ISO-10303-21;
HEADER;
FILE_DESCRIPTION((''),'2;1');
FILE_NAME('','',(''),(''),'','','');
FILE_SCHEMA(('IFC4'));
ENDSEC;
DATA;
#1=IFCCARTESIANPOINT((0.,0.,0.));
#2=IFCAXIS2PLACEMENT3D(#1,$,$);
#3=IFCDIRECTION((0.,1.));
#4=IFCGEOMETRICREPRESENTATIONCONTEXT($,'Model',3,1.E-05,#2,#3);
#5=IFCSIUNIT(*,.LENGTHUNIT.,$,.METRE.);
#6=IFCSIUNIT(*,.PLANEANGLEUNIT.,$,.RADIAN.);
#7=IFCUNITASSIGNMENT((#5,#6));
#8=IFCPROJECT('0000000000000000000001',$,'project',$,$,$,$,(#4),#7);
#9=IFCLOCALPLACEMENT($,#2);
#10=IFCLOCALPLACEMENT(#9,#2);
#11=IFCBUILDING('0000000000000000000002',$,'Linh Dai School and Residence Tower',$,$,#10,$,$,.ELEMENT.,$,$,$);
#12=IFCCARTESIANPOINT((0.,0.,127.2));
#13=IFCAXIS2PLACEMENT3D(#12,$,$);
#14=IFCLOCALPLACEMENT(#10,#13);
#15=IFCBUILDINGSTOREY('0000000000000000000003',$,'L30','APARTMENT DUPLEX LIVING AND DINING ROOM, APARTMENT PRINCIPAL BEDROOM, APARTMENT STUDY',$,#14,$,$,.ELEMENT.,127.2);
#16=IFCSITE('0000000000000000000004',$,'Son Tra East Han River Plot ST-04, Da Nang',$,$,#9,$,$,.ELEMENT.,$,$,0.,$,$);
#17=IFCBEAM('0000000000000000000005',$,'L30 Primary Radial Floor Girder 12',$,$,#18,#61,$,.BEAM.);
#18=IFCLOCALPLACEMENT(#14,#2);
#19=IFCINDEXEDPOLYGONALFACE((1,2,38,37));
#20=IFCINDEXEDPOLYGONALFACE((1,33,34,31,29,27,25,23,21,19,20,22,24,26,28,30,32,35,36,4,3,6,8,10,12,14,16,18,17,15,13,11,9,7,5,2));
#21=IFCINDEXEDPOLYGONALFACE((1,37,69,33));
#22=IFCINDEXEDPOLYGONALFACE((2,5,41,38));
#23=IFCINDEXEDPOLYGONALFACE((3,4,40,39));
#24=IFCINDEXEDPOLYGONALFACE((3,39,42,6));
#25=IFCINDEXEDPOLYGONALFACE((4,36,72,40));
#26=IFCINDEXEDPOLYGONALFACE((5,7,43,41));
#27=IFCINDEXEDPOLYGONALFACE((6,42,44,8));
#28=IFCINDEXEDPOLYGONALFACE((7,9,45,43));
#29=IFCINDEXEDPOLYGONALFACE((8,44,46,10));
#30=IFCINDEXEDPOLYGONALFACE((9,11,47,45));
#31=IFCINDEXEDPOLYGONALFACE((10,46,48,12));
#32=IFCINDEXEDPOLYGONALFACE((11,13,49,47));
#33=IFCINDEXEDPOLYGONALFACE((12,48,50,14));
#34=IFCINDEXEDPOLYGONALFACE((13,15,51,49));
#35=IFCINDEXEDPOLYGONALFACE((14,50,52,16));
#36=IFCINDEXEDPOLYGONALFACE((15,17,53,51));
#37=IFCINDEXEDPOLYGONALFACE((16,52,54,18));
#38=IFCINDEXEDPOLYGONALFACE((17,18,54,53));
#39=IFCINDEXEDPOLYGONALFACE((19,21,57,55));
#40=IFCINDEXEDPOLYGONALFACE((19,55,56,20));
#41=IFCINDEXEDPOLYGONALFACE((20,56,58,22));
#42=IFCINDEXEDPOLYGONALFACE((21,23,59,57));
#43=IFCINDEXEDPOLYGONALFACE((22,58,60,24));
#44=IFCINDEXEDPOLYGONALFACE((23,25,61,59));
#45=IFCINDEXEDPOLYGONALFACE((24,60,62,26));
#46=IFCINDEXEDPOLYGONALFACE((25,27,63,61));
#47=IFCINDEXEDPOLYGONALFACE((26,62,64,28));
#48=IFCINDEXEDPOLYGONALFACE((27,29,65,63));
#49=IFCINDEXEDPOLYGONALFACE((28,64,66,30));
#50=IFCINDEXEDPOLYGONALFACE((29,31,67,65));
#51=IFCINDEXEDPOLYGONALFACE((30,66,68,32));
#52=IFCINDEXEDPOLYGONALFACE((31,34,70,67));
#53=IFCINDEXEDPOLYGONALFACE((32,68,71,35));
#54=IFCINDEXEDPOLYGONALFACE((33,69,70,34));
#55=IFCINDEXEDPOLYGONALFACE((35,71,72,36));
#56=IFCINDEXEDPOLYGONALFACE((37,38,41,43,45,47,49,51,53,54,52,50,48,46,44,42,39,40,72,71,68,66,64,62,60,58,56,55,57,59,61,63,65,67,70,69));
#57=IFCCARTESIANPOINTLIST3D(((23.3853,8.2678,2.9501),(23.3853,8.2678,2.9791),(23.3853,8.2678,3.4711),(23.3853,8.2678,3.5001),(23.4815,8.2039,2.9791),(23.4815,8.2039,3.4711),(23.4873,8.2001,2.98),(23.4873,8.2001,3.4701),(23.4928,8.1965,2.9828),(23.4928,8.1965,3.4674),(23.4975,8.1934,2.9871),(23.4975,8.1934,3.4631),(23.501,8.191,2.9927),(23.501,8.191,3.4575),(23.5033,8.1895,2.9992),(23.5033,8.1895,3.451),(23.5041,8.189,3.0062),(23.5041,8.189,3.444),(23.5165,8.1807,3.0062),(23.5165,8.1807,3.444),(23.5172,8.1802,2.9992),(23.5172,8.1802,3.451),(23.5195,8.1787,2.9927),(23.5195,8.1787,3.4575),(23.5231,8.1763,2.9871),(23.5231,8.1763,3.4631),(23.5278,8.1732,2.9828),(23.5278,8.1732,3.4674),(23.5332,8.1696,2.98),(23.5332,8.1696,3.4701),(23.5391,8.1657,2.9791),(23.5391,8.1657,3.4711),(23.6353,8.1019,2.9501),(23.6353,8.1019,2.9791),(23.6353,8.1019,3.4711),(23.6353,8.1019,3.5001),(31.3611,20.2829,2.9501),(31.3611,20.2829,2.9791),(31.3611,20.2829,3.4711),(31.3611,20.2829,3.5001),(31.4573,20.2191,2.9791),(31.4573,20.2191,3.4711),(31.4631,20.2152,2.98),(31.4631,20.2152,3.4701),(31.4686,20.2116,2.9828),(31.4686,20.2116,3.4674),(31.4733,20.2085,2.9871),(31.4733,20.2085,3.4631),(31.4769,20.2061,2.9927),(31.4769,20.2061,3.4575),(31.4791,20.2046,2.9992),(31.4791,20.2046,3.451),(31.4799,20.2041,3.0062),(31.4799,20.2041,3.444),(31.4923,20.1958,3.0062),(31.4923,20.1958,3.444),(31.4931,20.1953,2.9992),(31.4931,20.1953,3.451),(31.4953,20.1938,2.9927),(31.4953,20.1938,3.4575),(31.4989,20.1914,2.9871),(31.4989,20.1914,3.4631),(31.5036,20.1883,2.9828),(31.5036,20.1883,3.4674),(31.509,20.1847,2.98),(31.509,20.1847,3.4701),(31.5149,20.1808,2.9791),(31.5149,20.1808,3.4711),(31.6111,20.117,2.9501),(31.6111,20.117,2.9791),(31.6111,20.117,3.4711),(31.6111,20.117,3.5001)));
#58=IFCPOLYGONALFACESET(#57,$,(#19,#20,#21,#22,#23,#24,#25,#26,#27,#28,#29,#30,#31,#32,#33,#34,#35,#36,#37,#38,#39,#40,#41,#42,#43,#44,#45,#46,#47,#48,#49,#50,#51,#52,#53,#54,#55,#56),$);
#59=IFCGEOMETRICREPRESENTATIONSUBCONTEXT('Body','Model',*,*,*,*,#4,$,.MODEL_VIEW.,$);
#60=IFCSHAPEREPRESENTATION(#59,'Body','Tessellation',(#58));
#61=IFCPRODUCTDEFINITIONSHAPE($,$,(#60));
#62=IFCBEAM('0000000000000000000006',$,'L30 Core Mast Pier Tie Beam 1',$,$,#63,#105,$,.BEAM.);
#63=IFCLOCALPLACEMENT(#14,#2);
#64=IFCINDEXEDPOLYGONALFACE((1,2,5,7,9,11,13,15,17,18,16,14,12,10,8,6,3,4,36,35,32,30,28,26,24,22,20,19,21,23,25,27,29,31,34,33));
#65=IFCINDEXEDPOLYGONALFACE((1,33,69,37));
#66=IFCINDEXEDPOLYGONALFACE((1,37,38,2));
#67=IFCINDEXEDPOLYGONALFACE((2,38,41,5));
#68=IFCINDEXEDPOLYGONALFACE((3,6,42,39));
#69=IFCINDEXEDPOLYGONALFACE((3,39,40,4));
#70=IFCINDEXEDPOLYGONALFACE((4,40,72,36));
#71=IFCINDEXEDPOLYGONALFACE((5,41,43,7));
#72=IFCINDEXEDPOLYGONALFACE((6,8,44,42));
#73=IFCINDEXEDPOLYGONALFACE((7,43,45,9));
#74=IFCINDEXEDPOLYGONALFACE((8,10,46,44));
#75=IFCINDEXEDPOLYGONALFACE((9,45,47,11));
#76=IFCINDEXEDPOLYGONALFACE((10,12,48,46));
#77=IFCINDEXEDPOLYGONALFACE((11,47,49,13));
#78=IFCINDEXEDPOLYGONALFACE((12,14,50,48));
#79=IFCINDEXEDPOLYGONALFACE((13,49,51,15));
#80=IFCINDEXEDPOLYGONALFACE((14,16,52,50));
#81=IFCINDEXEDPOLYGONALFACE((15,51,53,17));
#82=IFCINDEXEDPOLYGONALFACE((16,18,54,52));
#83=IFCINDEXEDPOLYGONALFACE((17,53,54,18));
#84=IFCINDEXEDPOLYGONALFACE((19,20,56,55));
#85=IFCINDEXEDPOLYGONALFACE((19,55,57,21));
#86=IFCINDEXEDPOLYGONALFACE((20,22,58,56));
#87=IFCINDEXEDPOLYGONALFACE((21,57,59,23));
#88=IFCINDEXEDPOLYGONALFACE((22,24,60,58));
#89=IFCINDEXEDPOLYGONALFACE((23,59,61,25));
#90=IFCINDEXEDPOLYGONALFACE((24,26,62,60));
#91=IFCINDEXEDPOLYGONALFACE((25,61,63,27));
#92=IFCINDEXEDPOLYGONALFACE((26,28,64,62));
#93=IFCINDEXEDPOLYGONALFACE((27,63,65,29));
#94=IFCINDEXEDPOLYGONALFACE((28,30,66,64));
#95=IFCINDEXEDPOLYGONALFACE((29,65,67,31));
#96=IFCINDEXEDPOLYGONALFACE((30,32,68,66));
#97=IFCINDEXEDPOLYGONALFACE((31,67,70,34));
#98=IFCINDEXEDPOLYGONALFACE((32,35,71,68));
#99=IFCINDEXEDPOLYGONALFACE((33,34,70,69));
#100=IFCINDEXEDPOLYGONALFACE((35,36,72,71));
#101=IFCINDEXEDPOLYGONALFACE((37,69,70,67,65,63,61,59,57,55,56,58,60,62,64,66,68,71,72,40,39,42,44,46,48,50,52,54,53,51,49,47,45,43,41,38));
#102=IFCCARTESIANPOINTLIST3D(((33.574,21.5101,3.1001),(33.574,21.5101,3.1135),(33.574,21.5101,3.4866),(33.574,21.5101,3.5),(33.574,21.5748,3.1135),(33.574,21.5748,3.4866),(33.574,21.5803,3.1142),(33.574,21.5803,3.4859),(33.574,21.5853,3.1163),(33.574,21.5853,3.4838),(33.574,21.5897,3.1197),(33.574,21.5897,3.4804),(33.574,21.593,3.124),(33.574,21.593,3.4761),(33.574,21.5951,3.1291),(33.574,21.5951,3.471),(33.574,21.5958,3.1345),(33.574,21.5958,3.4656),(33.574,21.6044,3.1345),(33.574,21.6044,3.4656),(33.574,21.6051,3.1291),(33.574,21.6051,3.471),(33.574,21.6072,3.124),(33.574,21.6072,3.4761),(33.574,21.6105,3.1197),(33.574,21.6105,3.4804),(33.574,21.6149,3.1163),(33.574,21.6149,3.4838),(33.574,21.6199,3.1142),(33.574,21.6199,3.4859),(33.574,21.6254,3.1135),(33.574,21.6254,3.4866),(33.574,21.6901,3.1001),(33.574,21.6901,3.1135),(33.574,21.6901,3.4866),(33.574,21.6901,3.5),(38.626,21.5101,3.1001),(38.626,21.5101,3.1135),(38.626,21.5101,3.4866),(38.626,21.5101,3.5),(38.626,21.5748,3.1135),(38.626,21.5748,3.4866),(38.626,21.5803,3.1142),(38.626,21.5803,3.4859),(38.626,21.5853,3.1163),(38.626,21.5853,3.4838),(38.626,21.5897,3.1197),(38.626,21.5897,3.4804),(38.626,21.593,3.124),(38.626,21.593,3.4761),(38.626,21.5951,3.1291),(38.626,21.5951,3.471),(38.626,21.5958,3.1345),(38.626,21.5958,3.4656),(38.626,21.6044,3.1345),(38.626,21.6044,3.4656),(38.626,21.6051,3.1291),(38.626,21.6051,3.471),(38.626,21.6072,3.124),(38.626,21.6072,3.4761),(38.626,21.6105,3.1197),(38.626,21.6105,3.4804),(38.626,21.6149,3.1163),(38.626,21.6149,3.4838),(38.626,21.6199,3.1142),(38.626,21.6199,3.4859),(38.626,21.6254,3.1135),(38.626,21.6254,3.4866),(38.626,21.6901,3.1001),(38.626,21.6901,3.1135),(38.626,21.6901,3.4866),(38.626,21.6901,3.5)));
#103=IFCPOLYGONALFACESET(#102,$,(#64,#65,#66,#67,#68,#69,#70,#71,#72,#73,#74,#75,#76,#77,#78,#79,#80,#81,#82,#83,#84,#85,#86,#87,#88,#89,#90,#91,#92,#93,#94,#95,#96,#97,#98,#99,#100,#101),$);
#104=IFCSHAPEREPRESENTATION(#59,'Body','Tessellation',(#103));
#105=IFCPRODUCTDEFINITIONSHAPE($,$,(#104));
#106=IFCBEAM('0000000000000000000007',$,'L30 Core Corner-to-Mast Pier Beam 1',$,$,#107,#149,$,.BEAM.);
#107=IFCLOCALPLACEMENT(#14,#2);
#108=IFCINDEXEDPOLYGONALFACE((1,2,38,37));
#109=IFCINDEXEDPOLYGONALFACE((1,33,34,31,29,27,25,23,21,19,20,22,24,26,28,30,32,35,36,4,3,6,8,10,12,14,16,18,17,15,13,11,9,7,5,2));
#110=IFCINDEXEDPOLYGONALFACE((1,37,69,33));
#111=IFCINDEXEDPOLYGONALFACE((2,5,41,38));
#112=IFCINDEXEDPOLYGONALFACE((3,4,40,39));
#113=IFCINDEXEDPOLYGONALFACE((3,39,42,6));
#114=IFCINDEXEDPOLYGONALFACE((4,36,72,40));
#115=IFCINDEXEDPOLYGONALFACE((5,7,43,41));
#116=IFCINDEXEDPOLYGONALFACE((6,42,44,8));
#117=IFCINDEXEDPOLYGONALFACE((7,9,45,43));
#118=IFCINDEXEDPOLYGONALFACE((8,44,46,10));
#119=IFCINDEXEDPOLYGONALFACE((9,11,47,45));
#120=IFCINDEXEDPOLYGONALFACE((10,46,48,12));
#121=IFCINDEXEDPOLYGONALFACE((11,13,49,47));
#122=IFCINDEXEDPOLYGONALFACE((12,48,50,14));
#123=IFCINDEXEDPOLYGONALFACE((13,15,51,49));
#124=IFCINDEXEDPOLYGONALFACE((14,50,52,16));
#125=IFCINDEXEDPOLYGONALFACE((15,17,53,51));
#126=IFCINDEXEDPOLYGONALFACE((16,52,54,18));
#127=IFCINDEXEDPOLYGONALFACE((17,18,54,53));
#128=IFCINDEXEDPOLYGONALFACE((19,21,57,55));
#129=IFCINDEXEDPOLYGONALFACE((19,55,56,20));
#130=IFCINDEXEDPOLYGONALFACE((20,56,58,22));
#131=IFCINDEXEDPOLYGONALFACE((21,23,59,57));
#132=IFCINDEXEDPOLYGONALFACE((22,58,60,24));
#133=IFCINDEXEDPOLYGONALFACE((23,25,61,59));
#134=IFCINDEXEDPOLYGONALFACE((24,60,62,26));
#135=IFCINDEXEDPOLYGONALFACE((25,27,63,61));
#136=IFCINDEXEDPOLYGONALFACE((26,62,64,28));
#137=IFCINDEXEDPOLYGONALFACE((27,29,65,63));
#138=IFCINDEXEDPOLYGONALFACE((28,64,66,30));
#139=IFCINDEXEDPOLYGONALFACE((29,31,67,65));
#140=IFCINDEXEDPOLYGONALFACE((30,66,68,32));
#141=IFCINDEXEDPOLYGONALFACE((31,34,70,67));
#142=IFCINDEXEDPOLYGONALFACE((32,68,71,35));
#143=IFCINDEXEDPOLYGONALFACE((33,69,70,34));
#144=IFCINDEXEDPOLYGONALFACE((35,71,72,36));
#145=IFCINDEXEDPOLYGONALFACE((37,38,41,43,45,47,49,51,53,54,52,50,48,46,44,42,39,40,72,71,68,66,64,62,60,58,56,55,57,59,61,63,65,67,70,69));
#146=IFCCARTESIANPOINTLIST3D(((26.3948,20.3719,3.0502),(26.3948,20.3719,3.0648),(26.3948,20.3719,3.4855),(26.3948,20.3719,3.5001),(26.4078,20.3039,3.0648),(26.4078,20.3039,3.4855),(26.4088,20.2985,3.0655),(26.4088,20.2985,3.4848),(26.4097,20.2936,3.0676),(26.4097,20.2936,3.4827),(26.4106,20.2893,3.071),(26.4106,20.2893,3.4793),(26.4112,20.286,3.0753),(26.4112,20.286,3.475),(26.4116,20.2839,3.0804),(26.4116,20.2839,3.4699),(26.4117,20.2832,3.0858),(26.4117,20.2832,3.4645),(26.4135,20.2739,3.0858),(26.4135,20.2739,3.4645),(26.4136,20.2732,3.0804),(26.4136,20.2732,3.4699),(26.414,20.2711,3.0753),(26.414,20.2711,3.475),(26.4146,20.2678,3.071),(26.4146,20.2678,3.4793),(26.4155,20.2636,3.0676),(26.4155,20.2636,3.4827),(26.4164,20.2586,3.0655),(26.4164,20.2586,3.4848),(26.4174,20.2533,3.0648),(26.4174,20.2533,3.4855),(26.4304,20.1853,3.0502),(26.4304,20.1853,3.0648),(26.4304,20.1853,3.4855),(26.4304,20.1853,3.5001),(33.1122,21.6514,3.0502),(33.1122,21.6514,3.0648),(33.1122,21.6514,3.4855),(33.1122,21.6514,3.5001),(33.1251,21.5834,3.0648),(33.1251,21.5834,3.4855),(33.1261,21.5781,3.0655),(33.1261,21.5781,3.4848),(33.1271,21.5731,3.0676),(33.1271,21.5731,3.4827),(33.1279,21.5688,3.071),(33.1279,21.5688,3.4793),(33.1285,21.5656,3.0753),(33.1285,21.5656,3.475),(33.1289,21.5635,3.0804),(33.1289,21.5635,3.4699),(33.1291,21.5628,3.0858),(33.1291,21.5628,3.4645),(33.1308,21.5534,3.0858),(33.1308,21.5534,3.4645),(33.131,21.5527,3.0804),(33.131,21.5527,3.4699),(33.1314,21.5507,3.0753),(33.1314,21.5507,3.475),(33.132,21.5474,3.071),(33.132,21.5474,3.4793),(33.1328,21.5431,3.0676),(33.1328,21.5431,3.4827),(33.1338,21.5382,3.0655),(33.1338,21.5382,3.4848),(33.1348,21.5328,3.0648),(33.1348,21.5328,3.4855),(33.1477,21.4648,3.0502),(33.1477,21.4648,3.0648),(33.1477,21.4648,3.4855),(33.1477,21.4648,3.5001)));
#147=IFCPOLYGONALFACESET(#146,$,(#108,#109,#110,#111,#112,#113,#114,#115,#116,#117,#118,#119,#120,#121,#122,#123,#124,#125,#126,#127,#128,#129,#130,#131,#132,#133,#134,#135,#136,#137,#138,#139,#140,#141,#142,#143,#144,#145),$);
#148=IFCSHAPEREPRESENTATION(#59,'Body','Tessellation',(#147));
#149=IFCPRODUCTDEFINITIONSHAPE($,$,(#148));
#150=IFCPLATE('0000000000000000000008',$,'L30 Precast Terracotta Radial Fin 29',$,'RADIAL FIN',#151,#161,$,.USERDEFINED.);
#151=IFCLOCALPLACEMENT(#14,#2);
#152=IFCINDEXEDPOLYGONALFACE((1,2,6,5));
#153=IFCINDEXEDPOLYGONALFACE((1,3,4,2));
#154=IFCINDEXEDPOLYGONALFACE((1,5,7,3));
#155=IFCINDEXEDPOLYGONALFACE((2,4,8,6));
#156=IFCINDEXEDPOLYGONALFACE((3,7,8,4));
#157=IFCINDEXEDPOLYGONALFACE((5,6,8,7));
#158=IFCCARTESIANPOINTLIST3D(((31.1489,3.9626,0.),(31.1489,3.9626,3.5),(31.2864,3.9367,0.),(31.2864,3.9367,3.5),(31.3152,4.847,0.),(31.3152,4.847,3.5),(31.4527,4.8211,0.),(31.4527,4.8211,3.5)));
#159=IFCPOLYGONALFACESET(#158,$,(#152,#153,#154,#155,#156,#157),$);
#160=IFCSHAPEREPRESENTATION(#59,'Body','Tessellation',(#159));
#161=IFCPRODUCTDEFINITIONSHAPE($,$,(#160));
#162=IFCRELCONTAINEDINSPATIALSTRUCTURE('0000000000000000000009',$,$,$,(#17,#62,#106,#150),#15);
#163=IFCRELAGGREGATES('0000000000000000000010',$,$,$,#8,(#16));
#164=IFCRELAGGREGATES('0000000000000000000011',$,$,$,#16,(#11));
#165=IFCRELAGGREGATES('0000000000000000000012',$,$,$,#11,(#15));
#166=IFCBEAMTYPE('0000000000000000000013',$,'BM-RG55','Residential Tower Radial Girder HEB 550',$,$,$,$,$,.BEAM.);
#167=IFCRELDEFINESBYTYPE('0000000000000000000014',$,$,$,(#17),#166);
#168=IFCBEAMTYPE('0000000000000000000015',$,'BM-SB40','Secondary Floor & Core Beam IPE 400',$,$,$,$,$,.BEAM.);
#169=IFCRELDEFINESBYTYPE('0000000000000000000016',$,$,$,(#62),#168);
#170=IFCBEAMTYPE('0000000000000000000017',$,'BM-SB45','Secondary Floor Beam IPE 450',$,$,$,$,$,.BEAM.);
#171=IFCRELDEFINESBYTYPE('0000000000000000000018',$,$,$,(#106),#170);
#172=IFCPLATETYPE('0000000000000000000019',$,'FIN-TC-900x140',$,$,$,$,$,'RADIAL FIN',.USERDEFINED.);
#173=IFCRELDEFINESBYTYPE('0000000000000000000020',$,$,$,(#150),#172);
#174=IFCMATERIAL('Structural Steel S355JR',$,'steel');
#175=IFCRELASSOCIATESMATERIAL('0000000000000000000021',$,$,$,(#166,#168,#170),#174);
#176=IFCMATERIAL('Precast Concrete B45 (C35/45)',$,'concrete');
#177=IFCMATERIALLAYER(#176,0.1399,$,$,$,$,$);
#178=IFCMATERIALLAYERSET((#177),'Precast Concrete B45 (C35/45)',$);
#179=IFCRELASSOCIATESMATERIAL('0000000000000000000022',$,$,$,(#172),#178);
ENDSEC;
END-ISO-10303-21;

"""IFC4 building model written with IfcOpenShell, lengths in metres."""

from ifc_helpers import new_model, si_unit, direction, frame, origin, origin_2d, place, context, subcontext, project, spatial, rectangle, i_section, extrude, source, transform, mapped, material, layer, layer_set, material_profile, profile_set, type_object, element, save


model = new_model("IFC4")

# Units and contexts
model_context = context("Model", 3, precision=1e-05, world=origin(), true_north=direction((0.0, 1.0)))
body_context = subcontext(model_context, "Body", "Model", "MODEL_VIEW")
ifc_project = project(units=[si_unit("LENGTHUNIT", "METRE"), si_unit("PLANEANGLEUNIT", "RADIAN")], contexts=[model_context])

# Site, building, storey
site_placement = place(None, origin())
site = spatial("IfcSite", under=ifc_project, at=site_placement, Name="Son Tra East Han River Plot ST-04, Da Nang", CompositionType="ELEMENT", RefElevation=0.0)
building_placement = place(site_placement, origin())
building = spatial("IfcBuilding", under=site, at=building_placement, Name="Linh Dai School and Residence Tower", CompositionType="ELEMENT")
storey_placement = place(building_placement, frame((0.0, 0.0, 127.2)))
storey = spatial("IfcBuildingStorey", under=building, at=storey_placement, Name="L30", Description="APARTMENT DUPLEX LIVING AND DINING ROOM, APARTMENT PRINCIPAL BEDROOM, APARTMENT STUDY", CompositionType="ELEMENT", Elevation=127.2)

# Shared definitions
ifc_material_1 = material(Name="Structural Steel S355JR", Category="steel")

# Beams
ifc_material_profile_1 = material_profile(ifc_material_1, i_section(OverallWidth=0.3, OverallDepth=0.55, WebThickness=0.0149, FlangeThickness=0.0291, FilletRadius=0.0271, at=origin_2d()), Name="HEB 550")
ifc_profile_set_1 = profile_set([ifc_material_profile_1], Name="Structural Steel S355JR")
beam_type_1 = type_object("IfcBeamType", Name="BM-RG55", Description="Residential Tower Radial Girder HEB 550", PredefinedType="BEAM", material=ifc_profile_set_1)
beam_1_placement = place(storey_placement, frame((31.4861, 20.2, 3.2251), z_axis=(-0.553054, -0.833145, 0.0), x_axis=(0.833145, -0.553054, 0.0)))
element("IfcBeam", 1, at=beam_1_placement, inside=storey, type_object=beam_type_1, Name="L30 Primary Radial Floor Girder 12", PredefinedType="BEAM", context=body_context, shape_type="SweptSolid", body=[
    extrude(i_section(OverallWidth=0.3, OverallDepth=0.55, WebThickness=0.0149, FlangeThickness=0.0291, FilletRadius=0.0271, at=origin_2d()), origin(), (0.0, 0.0, 1.0), 14.4214),
])
ifc_material_profile_2 = material_profile(ifc_material_1, i_section(OverallWidth=0.1799, OverallDepth=0.3999, WebThickness=0.0085, FlangeThickness=0.0134, FilletRadius=0.021, at=origin_2d()), Name="IPE 400")
ifc_profile_set_2 = profile_set([ifc_material_profile_2], Name="Structural Steel S355JR")
beam_type_2 = type_object("IfcBeamType", Name="BM-SB40", Description="Secondary Floor & Core Beam IPE 400", PredefinedType="BEAM", material=ifc_profile_set_2)
beam_2_placement = place(storey_placement, frame((33.574, 21.6001, 3.3), z_axis=(1.0, 0.0, 0.0), x_axis=(0.0, 1.0, 0.0)))
element("IfcBeam", 2, at=beam_2_placement, inside=storey, type_object=beam_type_2, Name="L30 Core Mast Pier Tie Beam 1", PredefinedType="BEAM", context=body_context, shape_type="SweptSolid", body=[
    extrude(i_section(OverallWidth=0.1799, OverallDepth=0.3999, WebThickness=0.0085, FlangeThickness=0.0134, FilletRadius=0.021, at=origin_2d()), origin(), (0.0, 0.0, 1.0), 5.052),
])
ifc_material_profile_3 = material_profile(ifc_material_1, i_section(OverallWidth=0.1899, OverallDepth=0.45, WebThickness=0.0095, FlangeThickness=0.0146, FilletRadius=0.021, at=origin_2d()), Name="IPE 450")
ifc_profile_set_3 = profile_set([ifc_material_profile_3], Name="Structural Steel S355JR")
beam_type_3 = type_object("IfcBeamType", Name="BM-SB45", Description="Secondary Floor Beam IPE 450", PredefinedType="BEAM", material=ifc_profile_set_3)
beam_3_placement = place(storey_placement, frame((26.4126, 20.2786, 3.2751), z_axis=(0.982337, 0.18712, 0.0), x_axis=(-0.18712, 0.982337, 0.0)))
element("IfcBeam", 3, at=beam_3_placement, inside=storey, type_object=beam_type_3, Name="L30 Core Corner-to-Mast Pier Beam 1", PredefinedType="BEAM", context=body_context, shape_type="SweptSolid", body=[
    extrude(i_section(OverallWidth=0.1899, OverallDepth=0.45, WebThickness=0.0095, FlangeThickness=0.0146, FilletRadius=0.021, at=origin_2d()), origin(), (0.0, 0.0, 1.0), 6.8381),
])

# Plate
ifc_material_2 = material(Name="Precast Concrete B45 (C35/45)", Category="concrete")
ifc_layer_1 = layer(ifc_material_2, 0.1399)
ifc_layer_set_1 = layer_set([ifc_layer_1], Name="Precast Concrete B45 (C35/45)")
plate_type = type_object("IfcPlateType", Name="FIN-TC-900x140", ElementType="RADIAL FIN", PredefinedType="USERDEFINED", material=ifc_layer_set_1)
shared_shape_1 = source(origin(), body_context, "Body", "SweptSolid", [
    extrude(rectangle(XDim=0.8999, YDim=0.1399, at=origin_2d()), origin(), (0.0, 0.0, 1.0), 3.5),
])
plate_placement = place(storey_placement, frame((31.3008, 4.3918, 0.0), z_axis=(0.0, 0.0, 1.0), x_axis=(-0.184755, -0.982785, 0.0)))
element("IfcPlate", 4, at=plate_placement, inside=storey, type_object=plate_type, Name="L30 Precast Terracotta Radial Fin 29", ObjectType="RADIAL FIN", PredefinedType="USERDEFINED", context=body_context, shape_type="MappedRepresentation", body=[
    mapped(shared_shape_1, transform((0.0, 0.0, 0.0), x_axis=(1.0, 0.0, 0.0), y_axis=(0.0, 1.0, 0.0), z_axis=(0.0, 0.0, 1.0), scale=1.0)),
])

save(model, "model.ifc")
